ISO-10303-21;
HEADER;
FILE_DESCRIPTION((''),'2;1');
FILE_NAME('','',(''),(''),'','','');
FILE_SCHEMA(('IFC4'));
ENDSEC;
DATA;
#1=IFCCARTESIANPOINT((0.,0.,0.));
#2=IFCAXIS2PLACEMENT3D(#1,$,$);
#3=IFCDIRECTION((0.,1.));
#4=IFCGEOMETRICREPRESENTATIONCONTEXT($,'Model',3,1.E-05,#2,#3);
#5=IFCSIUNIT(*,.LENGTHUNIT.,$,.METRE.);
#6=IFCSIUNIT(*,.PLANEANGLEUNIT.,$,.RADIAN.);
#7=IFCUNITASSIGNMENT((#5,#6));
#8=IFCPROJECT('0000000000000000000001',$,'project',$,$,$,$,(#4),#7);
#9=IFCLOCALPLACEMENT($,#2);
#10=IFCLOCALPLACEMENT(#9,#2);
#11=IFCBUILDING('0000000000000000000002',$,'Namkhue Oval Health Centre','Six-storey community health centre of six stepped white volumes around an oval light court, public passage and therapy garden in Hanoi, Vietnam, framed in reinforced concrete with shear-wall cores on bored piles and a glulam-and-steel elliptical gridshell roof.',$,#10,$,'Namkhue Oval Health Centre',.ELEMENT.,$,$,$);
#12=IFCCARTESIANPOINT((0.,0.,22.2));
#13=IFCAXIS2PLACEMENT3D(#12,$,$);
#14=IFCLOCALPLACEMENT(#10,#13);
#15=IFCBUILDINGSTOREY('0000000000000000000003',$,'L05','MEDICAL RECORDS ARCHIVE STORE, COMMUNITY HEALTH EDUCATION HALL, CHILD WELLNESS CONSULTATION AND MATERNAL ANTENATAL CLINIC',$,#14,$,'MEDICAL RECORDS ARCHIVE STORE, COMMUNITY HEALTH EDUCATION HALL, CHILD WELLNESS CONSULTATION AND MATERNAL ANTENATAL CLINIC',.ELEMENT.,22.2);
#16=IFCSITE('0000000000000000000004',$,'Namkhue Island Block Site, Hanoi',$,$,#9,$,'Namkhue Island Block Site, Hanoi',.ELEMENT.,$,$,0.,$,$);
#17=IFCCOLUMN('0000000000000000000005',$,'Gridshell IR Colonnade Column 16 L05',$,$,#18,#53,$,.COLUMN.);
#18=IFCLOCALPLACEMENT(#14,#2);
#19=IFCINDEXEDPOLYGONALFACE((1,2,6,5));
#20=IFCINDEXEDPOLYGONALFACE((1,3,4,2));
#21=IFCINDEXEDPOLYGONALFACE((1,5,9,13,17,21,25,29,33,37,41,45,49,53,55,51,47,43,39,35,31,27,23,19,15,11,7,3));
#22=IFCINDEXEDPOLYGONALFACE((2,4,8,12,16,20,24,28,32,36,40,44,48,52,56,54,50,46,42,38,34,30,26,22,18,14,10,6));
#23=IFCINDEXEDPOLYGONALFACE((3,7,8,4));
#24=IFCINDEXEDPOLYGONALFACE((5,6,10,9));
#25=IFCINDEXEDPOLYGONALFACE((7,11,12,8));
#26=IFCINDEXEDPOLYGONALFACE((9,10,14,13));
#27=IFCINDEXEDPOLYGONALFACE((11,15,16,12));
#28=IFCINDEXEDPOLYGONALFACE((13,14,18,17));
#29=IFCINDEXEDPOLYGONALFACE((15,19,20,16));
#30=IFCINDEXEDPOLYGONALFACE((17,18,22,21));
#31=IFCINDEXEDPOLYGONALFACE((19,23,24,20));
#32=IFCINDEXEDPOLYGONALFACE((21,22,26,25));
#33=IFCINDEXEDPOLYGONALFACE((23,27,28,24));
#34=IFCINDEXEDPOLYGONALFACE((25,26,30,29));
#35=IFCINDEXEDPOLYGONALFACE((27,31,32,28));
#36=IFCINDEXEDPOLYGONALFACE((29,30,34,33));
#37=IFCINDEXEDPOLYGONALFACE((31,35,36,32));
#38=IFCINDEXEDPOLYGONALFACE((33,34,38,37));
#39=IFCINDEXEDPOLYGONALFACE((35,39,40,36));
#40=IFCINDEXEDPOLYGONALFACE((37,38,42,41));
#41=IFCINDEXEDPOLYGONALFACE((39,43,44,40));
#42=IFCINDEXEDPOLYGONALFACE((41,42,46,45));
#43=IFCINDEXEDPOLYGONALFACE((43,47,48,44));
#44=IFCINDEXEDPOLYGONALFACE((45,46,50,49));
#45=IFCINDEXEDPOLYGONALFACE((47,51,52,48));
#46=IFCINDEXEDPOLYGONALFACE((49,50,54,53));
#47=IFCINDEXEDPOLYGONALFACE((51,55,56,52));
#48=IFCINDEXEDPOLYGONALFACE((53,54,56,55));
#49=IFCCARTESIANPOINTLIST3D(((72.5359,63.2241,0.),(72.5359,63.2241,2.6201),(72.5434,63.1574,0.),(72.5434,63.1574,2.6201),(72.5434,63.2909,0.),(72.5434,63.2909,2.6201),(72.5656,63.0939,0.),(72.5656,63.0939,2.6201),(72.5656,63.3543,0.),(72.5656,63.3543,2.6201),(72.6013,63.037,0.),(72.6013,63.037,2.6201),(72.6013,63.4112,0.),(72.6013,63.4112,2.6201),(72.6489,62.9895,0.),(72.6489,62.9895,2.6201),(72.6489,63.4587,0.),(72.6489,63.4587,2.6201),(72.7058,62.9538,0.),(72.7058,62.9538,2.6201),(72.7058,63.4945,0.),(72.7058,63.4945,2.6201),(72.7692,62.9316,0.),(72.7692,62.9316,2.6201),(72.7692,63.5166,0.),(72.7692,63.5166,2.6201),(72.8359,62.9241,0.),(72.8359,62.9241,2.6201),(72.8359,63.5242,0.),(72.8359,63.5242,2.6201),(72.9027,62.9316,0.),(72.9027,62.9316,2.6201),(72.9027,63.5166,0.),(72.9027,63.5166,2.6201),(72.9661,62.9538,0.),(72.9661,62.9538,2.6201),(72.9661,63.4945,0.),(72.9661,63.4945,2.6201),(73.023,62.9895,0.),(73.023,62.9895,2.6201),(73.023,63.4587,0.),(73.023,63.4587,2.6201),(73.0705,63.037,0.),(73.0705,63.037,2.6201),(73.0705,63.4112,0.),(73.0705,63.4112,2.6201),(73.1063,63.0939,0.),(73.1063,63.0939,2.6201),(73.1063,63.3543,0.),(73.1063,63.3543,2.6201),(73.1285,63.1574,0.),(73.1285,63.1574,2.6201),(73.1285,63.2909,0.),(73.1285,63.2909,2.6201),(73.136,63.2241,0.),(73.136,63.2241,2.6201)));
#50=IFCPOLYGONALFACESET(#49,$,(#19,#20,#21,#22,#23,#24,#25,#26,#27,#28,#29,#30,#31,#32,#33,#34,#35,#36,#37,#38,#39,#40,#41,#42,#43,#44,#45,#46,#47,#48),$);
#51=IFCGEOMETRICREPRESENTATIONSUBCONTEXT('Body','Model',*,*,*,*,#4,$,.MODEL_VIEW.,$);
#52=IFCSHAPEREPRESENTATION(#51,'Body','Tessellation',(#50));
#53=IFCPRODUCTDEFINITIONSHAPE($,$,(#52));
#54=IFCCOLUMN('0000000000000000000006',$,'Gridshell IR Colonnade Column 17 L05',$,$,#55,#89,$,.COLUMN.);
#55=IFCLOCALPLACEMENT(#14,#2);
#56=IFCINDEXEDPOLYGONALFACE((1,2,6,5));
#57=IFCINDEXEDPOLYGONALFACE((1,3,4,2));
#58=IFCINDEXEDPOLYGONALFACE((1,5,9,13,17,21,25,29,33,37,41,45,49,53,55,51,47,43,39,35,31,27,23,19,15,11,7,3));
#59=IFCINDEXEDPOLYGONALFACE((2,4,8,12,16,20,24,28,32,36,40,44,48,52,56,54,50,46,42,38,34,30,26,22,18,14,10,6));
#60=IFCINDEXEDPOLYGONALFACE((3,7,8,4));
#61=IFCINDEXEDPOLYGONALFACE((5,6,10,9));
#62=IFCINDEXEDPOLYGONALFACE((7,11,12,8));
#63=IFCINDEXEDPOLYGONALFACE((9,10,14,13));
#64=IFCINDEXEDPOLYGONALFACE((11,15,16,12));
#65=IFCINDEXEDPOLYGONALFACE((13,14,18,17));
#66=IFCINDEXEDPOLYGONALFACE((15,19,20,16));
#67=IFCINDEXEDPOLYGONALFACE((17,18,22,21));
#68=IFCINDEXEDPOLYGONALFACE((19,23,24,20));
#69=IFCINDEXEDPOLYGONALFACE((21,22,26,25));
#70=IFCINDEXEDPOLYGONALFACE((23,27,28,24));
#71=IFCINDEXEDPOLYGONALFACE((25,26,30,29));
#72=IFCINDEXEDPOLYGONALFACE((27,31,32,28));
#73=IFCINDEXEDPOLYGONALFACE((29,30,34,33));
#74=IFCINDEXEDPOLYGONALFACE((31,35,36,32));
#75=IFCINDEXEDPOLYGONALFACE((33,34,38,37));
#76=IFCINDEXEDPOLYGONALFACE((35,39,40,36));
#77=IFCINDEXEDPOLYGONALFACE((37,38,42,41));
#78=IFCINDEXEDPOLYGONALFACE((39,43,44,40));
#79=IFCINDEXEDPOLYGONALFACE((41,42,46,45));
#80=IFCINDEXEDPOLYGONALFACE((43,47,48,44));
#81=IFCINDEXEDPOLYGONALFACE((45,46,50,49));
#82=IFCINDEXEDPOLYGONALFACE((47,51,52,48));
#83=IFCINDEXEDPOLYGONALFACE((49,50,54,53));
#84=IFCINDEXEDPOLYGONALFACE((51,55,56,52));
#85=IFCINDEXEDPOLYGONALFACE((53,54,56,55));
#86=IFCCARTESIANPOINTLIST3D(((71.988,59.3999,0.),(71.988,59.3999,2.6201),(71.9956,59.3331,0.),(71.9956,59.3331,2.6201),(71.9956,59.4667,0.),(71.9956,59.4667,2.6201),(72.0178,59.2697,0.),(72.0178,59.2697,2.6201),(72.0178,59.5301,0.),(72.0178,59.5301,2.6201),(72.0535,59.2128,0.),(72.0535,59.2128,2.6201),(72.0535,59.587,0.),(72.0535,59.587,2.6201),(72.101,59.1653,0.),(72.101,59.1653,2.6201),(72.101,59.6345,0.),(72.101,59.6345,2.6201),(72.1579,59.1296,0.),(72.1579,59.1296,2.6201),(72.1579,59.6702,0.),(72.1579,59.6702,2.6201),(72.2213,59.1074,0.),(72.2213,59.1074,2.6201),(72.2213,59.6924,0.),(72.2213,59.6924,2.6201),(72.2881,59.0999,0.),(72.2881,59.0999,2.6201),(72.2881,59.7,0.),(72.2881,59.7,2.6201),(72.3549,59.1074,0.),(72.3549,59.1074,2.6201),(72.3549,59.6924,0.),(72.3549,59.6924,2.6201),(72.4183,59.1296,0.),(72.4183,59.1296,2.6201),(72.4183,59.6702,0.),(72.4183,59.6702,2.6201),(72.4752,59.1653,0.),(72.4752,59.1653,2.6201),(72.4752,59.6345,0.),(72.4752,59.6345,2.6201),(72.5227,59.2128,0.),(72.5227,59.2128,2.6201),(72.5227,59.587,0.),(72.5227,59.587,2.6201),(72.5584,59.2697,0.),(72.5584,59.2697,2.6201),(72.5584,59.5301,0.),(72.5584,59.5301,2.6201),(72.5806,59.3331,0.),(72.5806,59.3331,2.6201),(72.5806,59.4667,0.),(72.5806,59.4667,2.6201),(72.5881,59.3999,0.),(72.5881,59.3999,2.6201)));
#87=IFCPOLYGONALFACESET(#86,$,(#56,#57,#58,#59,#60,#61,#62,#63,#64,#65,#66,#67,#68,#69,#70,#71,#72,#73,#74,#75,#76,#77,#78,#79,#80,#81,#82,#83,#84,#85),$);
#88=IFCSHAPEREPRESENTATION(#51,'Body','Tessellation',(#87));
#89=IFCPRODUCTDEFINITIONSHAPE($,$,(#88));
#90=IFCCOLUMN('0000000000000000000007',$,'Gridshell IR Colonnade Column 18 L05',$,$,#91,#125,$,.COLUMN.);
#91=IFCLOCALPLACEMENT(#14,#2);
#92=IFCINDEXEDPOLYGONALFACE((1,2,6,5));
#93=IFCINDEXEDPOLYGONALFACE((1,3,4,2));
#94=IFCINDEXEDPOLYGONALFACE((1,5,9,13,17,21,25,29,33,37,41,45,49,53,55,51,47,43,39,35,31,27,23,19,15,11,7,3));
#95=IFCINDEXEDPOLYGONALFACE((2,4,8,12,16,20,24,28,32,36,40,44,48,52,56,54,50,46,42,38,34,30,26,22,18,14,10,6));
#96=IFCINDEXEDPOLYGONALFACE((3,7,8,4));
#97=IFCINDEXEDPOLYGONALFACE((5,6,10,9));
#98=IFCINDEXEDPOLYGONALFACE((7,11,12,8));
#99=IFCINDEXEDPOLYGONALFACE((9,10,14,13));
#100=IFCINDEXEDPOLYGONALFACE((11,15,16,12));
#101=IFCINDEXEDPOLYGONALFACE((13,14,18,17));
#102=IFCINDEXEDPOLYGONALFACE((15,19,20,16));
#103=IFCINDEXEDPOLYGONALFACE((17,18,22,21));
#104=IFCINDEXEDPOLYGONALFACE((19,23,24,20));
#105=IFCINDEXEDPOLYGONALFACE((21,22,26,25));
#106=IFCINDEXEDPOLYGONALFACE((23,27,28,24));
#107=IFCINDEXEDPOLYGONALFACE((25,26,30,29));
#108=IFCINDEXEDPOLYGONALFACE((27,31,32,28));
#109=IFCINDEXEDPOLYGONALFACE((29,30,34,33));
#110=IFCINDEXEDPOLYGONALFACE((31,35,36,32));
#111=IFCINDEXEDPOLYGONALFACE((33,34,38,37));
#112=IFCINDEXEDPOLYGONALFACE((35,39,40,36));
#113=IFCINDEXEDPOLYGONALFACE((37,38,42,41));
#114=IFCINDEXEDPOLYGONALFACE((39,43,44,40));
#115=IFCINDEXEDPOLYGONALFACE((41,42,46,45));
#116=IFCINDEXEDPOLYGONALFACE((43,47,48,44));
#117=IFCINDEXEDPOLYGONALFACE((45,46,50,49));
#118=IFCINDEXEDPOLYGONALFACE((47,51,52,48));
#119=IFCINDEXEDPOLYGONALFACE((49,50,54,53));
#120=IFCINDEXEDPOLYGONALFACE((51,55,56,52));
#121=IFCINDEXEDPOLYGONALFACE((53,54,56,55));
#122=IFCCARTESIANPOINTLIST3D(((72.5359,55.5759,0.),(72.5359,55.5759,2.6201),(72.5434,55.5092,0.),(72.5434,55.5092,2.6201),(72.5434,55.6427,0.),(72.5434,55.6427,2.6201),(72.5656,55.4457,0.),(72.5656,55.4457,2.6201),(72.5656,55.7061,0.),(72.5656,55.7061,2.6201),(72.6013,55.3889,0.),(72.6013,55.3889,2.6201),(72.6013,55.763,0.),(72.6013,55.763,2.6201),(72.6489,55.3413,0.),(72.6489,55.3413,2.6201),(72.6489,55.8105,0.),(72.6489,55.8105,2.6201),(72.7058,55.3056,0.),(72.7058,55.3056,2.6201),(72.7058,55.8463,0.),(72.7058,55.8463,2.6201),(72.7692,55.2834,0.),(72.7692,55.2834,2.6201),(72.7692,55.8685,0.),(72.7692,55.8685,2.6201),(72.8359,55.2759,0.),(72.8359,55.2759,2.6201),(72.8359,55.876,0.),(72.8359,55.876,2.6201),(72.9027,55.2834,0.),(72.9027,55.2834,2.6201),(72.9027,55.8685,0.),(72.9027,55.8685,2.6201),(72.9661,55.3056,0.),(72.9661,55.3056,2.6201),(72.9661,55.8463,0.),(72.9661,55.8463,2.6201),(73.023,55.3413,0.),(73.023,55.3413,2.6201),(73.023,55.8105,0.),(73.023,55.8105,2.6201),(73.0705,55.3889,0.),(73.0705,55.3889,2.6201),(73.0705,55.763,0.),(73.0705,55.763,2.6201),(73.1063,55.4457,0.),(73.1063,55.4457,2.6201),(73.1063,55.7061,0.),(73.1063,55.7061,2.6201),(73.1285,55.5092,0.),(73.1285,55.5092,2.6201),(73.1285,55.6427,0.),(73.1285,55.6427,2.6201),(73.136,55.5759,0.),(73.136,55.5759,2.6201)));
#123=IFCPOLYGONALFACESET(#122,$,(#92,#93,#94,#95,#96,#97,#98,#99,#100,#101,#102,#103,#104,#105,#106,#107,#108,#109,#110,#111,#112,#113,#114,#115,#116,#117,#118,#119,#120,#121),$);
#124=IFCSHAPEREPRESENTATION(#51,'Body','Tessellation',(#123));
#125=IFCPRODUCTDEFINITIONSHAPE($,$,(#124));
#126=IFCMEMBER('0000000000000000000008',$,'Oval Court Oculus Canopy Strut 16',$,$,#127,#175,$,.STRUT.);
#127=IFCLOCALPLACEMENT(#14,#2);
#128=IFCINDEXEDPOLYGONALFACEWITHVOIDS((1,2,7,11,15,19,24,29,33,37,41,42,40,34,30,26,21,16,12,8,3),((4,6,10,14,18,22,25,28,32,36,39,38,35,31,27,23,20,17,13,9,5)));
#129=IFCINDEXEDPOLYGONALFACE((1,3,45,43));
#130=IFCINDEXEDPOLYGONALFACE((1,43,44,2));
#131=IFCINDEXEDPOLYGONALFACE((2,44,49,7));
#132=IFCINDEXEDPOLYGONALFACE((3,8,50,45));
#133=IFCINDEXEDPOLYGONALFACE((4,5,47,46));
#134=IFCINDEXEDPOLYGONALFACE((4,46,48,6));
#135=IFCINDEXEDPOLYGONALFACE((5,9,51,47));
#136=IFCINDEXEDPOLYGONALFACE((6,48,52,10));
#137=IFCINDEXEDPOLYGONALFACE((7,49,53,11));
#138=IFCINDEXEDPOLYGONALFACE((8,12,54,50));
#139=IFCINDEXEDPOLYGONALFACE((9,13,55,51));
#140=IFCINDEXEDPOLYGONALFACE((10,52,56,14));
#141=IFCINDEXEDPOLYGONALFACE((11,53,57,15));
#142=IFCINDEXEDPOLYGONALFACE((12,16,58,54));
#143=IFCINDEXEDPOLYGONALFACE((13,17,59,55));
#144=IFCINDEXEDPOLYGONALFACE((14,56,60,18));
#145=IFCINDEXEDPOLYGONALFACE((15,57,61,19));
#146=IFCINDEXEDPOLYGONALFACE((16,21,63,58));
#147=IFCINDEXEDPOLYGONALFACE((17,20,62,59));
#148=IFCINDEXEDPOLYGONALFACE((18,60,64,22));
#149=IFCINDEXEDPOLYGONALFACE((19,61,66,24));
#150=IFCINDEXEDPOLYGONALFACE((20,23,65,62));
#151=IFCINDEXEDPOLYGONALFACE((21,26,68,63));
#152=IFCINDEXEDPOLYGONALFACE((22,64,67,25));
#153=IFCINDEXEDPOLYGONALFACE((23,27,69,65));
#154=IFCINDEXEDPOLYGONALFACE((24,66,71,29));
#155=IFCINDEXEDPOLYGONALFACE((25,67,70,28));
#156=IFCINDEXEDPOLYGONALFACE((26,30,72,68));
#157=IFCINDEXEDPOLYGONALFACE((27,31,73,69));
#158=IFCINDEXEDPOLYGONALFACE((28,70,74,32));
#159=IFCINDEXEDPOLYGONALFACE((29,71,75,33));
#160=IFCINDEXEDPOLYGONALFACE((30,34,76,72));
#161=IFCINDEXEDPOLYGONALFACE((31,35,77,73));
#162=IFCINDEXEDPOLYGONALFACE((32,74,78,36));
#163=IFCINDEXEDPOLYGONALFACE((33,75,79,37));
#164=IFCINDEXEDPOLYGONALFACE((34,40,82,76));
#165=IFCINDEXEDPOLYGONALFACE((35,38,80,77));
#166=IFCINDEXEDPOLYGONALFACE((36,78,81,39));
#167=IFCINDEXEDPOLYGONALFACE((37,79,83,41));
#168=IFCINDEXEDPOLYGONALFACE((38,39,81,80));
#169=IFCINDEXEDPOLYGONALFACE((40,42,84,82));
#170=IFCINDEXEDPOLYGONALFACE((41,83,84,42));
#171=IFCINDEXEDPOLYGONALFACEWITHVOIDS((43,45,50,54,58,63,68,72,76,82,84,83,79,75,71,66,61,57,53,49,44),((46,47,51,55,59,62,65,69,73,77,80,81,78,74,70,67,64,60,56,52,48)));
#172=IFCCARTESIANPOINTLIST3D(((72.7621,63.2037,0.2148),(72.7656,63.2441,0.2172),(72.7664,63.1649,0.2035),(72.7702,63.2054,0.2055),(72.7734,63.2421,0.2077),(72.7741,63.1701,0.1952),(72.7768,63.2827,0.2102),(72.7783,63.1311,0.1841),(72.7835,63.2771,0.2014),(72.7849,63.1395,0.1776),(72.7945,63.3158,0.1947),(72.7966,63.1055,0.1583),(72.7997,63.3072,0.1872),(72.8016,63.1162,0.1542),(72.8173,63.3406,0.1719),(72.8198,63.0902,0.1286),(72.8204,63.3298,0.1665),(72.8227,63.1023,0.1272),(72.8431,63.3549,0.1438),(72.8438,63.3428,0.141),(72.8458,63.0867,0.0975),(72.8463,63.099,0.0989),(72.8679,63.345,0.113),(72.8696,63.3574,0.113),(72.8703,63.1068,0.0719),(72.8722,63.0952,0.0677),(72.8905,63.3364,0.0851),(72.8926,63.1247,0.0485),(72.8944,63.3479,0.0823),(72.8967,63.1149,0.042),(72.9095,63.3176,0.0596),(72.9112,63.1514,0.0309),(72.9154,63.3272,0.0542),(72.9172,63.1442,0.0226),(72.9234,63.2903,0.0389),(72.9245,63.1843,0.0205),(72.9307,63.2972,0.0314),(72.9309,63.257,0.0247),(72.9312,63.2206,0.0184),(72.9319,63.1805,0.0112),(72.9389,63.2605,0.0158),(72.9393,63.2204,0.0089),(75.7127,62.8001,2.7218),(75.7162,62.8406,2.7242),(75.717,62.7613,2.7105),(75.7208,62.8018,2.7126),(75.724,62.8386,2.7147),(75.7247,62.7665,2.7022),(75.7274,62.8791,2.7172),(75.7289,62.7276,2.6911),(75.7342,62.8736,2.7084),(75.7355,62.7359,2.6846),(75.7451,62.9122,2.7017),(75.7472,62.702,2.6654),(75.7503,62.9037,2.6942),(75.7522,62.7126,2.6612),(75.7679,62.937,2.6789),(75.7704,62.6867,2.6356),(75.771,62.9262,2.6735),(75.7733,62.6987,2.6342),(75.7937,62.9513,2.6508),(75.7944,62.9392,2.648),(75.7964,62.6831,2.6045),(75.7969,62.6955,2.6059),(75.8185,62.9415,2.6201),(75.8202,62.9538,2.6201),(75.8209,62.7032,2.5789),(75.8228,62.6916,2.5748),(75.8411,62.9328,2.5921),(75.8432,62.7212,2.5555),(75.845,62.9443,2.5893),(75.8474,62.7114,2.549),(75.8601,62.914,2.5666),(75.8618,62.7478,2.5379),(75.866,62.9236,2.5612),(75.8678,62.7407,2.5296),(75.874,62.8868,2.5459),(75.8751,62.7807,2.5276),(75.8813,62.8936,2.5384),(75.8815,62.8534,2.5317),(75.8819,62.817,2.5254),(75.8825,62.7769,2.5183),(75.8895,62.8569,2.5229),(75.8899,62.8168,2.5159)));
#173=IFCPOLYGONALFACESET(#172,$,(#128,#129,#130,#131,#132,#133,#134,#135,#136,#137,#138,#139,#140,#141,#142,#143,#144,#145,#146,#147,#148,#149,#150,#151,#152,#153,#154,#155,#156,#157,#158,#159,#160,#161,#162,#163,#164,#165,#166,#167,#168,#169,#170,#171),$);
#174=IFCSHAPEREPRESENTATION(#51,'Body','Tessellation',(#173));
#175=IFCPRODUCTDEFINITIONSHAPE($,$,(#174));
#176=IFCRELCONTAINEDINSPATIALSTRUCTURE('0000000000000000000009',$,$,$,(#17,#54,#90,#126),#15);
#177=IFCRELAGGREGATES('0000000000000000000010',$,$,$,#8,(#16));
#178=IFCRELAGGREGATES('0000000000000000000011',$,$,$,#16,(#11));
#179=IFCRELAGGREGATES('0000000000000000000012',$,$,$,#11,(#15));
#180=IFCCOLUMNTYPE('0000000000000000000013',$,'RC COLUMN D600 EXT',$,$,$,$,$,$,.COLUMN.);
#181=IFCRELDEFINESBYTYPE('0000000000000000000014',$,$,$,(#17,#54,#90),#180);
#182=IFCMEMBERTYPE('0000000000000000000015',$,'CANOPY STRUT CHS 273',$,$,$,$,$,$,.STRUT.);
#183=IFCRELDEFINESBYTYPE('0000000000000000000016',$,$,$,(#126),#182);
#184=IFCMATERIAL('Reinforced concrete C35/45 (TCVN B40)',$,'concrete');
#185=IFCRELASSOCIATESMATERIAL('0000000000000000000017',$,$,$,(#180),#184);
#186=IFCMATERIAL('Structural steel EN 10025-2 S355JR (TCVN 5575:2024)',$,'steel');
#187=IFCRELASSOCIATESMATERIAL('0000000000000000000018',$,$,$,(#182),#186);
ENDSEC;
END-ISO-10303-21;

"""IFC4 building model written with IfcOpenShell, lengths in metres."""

from ifc_helpers import new_model, si_unit, direction, frame, origin, origin_2d, place, context, subcontext, project, spatial, circle, hollow_circle, extrude, material, material_profile, profile_set, type_object, element, save


model = new_model("IFC4")

# Units and contexts
model_context = context("Model", 3, precision=1e-05, world=origin(), true_north=direction((0.0, 1.0)))
body_context = subcontext(model_context, "Body", "Model", "MODEL_VIEW")
ifc_project = project(units=[si_unit("LENGTHUNIT", "METRE"), si_unit("PLANEANGLEUNIT", "RADIAN")], contexts=[model_context])

# Site, building, storey
site_placement = place(None, origin())
site = spatial("IfcSite", under=ifc_project, at=site_placement, Name="Namkhue Island Block Site, Hanoi", LongName="Namkhue Island Block Site, Hanoi", CompositionType="ELEMENT", RefElevation=0.0)
building_placement = place(site_placement, origin())
building = spatial("IfcBuilding", under=site, at=building_placement, Name="Namkhue Oval Health Centre", Description="Six-storey community health centre of six stepped white volumes around an oval light court, public passage and therapy garden in Hanoi, Vietnam, framed in reinforced concrete with shear-wall cores on bored piles and a glulam-and-steel elliptical gridshell roof.", LongName="Namkhue Oval Health Centre", CompositionType="ELEMENT")
storey_placement = place(building_placement, frame((0.0, 0.0, 22.2)))
storey = spatial("IfcBuildingStorey", under=building, at=storey_placement, Name="L05", Description="MEDICAL RECORDS ARCHIVE STORE, COMMUNITY HEALTH EDUCATION HALL, CHILD WELLNESS CONSULTATION AND MATERNAL ANTENATAL CLINIC", LongName="MEDICAL RECORDS ARCHIVE STORE, COMMUNITY HEALTH EDUCATION HALL, CHILD WELLNESS CONSULTATION AND MATERNAL ANTENATAL CLINIC", CompositionType="ELEMENT", Elevation=22.2)

# Columns
ifc_material_1 = material(Name="Reinforced concrete C35/45 (TCVN B40)", Category="concrete")
ifc_material_profile_1 = material_profile(ifc_material_1, circle(Radius=0.3, at=origin_2d()), Name="RC D600")
ifc_profile_set_1 = profile_set([ifc_material_profile_1], Name="Reinforced concrete C35/45 (TCVN B40)")
column_type = type_object("IfcColumnType", Name="RC COLUMN D600 EXT", PredefinedType="COLUMN", material=ifc_profile_set_1)
for number, where, z_axis, x_axis, name in (
    (1, (72.8359, 63.2241, 0.0), (0.0, 0.0, 1.0), (1.0, 0.0, 0.0), "Gridshell IR Colonnade Column 16 L05"),
    (2, (72.2881, 59.3999, 0.0), (0.0, 0.0, 1.0), (1.0, 0.0, 0.0), "Gridshell IR Colonnade Column 17 L05"),
    (3, (72.8359, 55.5759, 0.0), (0.0, 0.0, 1.0), (1.0, 0.0, 0.0), "Gridshell IR Colonnade Column 18 L05"),
):
    element("IfcColumn", number, at=place(storey_placement, frame(where, z_axis=z_axis, x_axis=x_axis)), inside=storey, type_object=column_type, Name=name, PredefinedType="COLUMN", context=body_context, shape_type="SweptSolid", body=[
        extrude(circle(Radius=0.3, at=origin_2d()), origin(), (0.0, 0.0, 1.0), 2.6201),
    ])

# Member
ifc_material_2 = material(Name="Structural steel EN 10025-2 S355JR (TCVN 5575:2024)", Category="steel")
ifc_material_profile_2 = material_profile(ifc_material_2, hollow_circle(Radius=0.1365, WallThickness=0.0125, at=origin_2d()), Name="CHS 273x12.5")
ifc_profile_set_2 = profile_set([ifc_material_profile_2], Name="Structural steel EN 10025-2 S355JR (TCVN 5575:2024)")
member_type_1 = type_object("IfcMemberType", Name="CANOPY STRUT CHS 273", PredefinedType="STRUT", material=ifc_profile_set_2)
member_1_placement = place(storey_placement, frame((72.8511, 63.2222, 0.113), z_axis=(0.757961, -0.103666, 0.64401), x_axis=(0.135508, 0.990776, 0.0)))
element("IfcMember", 4, at=member_1_placement, inside=storey, type_object=member_type_1, Name="Oval Court Oculus Canopy Strut 16", PredefinedType="STRUT", context=body_context, shape_type="SweptSolid", body=[
    extrude(hollow_circle(Radius=0.1365, WallThickness=0.0125, at=origin_2d()), origin(), (0.0, 0.0, 1.0), 3.8928),
])

save(model, "model.ifc")
